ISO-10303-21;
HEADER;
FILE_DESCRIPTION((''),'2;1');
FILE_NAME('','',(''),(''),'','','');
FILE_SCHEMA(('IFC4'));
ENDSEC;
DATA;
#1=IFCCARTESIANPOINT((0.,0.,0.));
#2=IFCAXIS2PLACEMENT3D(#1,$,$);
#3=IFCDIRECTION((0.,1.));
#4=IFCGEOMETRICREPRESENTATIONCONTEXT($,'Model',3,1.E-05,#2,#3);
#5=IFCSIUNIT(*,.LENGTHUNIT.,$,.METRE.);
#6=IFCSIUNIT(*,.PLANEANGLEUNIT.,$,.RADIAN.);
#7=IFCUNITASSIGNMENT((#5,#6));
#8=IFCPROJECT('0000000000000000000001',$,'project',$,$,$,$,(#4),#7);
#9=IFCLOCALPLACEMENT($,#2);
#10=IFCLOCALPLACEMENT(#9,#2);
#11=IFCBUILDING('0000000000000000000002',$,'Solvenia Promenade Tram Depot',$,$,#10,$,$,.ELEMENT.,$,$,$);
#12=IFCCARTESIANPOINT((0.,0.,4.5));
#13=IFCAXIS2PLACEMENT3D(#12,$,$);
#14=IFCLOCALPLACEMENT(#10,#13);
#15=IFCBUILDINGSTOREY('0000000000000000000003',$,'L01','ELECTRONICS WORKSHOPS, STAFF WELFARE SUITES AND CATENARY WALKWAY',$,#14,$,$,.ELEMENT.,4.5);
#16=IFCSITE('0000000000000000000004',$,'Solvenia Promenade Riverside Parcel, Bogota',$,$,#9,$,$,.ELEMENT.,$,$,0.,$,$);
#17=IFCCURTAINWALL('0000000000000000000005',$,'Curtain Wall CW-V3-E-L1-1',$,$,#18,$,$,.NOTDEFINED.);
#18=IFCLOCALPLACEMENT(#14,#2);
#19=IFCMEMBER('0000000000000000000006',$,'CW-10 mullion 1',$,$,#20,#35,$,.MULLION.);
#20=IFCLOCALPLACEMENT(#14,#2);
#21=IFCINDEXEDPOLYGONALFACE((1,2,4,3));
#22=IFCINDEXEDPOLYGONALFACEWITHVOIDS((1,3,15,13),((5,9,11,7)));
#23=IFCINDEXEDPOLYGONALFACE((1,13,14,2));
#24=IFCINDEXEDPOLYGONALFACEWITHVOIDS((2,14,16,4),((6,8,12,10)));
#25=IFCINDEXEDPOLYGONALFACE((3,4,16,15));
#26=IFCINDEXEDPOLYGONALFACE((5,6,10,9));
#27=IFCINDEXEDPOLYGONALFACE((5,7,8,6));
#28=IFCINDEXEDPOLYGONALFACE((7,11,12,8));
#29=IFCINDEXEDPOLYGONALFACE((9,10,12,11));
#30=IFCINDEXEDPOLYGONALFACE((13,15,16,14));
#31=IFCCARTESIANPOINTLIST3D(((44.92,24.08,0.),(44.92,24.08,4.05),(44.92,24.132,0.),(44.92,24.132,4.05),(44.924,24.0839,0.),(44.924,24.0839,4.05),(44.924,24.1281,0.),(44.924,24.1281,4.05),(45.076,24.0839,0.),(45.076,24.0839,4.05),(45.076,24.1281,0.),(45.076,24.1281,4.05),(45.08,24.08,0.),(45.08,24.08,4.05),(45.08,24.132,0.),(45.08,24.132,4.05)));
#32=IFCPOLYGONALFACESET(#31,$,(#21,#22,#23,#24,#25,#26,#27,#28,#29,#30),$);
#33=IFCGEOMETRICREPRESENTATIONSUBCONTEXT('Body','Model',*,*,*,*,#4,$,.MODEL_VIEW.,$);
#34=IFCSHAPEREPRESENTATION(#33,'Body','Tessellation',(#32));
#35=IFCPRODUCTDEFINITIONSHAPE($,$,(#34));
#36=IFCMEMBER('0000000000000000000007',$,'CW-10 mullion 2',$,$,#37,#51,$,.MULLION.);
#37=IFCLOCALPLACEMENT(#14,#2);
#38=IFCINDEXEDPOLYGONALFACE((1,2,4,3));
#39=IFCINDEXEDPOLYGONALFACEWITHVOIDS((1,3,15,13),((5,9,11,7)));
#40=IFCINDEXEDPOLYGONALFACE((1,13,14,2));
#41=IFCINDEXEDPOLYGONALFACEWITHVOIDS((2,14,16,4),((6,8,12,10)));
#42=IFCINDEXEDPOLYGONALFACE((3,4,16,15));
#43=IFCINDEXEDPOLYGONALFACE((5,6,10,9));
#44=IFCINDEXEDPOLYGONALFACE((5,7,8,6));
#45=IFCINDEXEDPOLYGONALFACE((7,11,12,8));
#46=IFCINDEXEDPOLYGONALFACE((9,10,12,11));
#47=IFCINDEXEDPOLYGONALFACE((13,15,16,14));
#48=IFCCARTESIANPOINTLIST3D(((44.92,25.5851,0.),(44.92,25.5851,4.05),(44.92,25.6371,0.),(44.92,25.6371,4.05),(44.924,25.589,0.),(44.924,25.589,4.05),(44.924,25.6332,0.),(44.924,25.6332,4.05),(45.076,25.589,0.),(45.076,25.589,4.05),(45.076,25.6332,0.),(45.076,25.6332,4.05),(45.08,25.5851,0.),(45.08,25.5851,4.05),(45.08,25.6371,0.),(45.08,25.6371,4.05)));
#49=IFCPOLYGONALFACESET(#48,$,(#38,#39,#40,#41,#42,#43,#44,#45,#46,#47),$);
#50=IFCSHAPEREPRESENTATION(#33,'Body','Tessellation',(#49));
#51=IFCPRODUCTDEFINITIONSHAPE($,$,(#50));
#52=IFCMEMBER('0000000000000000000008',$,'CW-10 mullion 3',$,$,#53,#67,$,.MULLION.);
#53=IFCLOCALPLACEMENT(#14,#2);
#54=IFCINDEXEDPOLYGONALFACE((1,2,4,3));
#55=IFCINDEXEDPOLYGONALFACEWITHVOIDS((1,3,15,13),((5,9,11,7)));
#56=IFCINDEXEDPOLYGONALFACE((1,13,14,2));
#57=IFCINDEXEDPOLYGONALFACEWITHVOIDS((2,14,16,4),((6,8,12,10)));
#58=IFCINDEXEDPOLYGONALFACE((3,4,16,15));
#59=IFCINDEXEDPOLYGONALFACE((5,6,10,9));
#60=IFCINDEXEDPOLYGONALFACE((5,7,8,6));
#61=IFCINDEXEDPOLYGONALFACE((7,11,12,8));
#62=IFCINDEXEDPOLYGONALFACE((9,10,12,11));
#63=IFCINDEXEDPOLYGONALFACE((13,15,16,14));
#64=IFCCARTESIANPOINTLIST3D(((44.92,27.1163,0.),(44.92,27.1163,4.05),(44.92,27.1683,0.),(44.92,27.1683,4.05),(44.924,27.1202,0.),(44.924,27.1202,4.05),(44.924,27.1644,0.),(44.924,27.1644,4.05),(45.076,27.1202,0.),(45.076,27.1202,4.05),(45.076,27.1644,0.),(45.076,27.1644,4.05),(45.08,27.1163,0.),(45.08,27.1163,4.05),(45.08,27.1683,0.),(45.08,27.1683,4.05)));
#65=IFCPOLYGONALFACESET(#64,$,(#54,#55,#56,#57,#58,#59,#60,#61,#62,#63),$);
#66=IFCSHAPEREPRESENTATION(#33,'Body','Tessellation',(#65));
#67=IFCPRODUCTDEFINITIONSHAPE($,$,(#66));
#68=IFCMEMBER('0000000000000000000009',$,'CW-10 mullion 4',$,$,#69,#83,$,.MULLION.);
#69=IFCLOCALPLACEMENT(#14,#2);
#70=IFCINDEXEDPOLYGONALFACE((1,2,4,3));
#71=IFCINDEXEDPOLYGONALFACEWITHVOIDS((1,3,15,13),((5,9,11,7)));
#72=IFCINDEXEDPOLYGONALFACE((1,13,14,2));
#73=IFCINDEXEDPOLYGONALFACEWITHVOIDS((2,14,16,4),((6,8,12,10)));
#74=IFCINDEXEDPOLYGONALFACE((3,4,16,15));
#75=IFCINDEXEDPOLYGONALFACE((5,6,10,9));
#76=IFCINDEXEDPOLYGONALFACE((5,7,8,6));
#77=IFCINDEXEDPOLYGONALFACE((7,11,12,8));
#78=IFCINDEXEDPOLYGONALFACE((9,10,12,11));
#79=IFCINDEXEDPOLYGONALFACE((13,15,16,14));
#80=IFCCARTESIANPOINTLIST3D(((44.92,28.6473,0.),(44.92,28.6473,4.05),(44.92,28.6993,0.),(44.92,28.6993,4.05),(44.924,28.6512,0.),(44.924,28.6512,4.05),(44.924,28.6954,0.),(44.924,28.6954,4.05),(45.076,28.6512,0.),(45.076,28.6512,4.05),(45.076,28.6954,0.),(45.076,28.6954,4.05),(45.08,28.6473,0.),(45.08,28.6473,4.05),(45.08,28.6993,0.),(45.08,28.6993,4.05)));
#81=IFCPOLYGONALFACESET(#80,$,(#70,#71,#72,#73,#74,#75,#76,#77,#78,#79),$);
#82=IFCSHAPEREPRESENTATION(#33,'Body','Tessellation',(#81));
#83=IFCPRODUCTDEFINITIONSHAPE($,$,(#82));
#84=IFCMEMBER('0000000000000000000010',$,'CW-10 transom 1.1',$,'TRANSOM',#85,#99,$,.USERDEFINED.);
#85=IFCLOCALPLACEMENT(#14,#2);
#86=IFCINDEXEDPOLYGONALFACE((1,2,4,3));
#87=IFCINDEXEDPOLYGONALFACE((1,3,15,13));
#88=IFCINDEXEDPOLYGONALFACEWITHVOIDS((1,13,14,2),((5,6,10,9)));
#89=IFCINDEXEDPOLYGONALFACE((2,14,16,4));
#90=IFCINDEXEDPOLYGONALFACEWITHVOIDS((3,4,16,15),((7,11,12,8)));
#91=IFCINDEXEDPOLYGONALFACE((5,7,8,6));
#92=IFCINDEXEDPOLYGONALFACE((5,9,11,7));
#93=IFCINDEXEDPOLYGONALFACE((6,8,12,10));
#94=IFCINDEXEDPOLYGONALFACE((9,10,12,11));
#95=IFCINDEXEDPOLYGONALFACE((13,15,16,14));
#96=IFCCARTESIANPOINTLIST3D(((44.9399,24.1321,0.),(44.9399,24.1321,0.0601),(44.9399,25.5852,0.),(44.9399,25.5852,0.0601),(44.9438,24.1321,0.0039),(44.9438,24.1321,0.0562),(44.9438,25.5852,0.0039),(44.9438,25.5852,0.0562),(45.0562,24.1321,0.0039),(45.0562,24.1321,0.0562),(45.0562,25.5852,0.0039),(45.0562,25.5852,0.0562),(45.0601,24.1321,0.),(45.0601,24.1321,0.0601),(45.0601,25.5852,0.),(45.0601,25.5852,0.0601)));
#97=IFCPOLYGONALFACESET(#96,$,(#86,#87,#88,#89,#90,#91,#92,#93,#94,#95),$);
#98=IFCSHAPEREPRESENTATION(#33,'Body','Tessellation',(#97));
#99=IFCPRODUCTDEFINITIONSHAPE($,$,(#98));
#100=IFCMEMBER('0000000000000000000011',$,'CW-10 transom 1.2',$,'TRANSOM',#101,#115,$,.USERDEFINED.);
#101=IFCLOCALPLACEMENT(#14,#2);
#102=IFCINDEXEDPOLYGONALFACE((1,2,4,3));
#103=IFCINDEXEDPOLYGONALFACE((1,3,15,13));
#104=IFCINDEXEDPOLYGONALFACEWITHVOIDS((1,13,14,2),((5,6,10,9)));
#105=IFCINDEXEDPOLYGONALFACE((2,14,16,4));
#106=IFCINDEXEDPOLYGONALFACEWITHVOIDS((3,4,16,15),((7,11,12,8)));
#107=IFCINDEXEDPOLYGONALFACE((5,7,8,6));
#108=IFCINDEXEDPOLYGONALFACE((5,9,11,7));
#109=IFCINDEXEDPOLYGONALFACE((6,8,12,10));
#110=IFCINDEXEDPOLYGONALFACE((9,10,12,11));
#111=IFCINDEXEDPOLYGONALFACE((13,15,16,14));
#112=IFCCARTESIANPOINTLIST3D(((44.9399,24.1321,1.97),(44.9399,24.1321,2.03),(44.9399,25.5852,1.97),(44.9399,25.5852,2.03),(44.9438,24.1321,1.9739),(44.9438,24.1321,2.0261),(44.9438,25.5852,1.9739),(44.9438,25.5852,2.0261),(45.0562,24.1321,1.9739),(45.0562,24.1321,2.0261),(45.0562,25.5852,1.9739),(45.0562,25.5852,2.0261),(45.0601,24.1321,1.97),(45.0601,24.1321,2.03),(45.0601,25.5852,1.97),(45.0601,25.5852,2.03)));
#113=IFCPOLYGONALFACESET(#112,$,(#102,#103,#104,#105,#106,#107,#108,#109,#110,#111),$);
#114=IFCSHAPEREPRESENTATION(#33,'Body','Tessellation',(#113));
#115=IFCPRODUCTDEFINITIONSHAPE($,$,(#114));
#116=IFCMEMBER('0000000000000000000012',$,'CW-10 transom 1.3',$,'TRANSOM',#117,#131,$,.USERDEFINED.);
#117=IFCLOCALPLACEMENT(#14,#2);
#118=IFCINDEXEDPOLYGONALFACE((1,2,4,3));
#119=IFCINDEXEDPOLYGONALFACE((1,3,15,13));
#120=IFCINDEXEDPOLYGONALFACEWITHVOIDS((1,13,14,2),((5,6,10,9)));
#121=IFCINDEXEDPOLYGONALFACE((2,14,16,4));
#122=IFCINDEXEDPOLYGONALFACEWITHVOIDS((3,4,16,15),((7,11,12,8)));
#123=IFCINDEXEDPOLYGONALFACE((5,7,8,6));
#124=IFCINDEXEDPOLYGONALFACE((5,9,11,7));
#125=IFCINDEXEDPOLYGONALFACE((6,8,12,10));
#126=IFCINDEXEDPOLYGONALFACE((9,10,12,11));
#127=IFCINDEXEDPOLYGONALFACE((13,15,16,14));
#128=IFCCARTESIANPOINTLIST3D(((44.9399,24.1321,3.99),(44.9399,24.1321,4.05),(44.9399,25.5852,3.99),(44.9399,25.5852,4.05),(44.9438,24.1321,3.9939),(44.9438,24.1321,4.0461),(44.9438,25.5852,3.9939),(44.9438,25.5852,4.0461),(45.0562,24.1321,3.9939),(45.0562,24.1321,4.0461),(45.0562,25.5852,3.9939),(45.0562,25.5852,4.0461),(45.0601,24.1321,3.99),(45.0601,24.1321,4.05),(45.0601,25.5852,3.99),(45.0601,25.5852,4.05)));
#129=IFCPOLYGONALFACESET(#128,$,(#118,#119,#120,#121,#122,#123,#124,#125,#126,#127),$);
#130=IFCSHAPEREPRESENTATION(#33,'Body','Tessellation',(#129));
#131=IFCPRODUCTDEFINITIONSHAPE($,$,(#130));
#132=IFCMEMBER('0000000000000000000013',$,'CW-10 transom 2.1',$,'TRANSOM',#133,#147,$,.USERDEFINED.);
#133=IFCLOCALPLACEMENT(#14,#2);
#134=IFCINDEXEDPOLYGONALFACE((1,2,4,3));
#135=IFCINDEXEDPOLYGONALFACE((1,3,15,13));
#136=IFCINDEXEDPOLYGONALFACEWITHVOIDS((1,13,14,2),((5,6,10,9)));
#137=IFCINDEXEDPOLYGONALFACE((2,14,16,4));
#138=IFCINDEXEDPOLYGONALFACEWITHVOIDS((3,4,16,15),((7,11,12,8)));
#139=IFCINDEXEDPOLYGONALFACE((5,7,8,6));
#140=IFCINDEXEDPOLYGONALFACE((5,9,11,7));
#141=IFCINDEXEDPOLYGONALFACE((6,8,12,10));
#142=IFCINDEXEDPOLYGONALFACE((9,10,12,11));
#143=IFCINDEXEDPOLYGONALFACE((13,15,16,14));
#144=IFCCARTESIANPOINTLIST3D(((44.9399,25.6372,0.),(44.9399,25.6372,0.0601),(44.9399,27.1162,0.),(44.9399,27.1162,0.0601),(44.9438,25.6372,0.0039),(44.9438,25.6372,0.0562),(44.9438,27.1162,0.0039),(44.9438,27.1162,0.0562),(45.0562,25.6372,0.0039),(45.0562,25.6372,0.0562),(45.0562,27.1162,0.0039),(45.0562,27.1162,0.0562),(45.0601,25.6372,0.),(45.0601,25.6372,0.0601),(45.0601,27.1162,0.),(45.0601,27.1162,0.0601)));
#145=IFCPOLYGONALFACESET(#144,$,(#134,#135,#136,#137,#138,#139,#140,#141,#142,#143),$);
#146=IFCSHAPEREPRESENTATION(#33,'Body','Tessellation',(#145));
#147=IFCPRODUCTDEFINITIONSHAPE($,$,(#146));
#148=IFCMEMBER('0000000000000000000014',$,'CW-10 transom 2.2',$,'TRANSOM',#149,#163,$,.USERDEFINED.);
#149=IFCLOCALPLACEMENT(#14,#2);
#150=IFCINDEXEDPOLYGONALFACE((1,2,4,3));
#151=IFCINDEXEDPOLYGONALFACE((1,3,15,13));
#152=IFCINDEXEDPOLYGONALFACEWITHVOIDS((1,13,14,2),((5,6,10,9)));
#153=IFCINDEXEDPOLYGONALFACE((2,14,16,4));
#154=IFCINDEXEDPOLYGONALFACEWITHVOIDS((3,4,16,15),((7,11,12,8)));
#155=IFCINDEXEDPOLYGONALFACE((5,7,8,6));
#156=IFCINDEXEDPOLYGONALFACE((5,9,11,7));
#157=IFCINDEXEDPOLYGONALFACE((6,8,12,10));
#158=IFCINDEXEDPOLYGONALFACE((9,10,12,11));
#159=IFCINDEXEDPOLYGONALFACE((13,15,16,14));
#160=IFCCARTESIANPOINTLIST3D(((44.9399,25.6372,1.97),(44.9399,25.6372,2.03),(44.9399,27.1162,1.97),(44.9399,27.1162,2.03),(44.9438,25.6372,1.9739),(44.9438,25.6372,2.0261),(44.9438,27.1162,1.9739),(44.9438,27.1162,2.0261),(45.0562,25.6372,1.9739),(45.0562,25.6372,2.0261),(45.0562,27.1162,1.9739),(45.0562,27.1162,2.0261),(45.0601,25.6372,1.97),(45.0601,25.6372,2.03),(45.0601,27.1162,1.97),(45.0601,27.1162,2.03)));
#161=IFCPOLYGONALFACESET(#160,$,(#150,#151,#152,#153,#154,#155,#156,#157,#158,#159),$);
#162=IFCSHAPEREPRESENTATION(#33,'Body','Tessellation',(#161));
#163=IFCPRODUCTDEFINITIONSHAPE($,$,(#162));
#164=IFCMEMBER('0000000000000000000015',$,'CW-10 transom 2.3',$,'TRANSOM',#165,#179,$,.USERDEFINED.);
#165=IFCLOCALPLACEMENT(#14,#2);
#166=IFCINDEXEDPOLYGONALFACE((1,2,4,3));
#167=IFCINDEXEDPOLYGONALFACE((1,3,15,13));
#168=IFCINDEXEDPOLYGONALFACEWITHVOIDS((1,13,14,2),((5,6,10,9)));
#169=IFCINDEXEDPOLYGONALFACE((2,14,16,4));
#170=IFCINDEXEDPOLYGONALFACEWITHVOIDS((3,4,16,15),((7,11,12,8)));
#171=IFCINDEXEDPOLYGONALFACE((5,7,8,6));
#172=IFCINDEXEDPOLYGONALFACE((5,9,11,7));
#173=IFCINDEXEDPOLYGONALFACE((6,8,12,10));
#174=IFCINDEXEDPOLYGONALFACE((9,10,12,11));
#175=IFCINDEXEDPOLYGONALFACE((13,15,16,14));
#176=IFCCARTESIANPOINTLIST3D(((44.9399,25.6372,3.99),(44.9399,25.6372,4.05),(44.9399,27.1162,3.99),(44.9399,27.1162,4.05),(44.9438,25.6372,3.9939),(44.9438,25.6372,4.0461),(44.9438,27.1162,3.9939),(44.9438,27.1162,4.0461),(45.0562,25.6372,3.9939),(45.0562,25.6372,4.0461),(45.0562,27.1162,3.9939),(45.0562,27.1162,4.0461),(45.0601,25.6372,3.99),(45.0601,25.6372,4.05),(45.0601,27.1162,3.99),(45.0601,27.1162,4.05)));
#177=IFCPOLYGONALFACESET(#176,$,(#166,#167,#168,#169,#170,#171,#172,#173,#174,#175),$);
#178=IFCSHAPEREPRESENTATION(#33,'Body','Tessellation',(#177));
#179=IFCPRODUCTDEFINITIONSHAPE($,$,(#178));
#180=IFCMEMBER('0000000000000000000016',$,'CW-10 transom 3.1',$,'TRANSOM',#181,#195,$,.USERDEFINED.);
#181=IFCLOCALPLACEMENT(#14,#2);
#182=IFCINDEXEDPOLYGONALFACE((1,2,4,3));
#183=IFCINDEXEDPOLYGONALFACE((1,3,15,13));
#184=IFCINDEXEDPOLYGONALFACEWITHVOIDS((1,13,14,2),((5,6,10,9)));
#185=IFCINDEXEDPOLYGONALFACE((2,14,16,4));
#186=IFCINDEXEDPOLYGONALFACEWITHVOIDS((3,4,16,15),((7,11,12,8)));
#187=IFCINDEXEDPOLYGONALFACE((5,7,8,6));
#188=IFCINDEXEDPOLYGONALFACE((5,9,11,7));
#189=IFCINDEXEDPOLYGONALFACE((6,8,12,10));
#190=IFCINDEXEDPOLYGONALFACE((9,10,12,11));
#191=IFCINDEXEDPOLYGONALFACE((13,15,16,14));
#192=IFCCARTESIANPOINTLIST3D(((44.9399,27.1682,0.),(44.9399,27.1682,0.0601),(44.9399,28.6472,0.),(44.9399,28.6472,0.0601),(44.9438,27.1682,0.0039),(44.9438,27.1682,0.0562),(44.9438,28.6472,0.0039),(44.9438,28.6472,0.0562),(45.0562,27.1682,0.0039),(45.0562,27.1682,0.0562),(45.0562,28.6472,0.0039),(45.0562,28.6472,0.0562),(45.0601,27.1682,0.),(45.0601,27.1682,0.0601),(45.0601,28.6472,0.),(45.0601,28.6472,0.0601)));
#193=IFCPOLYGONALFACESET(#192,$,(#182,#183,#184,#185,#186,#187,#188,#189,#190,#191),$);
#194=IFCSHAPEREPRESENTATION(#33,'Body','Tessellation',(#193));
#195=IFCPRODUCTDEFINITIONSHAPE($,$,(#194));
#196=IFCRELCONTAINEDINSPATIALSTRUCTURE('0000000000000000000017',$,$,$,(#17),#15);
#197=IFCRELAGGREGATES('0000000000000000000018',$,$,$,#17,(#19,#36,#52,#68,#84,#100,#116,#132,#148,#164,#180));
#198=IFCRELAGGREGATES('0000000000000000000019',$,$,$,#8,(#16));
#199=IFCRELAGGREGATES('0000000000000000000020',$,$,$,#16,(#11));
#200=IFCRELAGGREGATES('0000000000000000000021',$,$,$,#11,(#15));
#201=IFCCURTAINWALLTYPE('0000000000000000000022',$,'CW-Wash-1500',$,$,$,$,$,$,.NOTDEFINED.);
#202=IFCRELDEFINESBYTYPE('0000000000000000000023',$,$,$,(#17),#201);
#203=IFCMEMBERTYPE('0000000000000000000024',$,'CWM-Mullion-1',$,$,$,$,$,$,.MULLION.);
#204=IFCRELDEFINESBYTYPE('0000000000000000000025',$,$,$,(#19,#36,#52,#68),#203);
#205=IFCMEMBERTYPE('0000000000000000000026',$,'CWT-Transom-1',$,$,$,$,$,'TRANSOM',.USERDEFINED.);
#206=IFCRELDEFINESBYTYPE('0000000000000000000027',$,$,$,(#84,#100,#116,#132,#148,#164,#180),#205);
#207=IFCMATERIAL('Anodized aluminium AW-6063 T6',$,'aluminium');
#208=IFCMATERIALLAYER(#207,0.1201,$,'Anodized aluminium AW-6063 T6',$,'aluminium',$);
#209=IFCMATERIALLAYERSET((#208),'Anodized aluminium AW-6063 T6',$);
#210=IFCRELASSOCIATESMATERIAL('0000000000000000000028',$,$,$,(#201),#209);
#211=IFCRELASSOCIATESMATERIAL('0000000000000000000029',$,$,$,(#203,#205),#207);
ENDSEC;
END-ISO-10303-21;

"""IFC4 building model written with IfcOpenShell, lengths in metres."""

from ifc_helpers import new_model, si_unit, direction, frame, origin, origin_2d, place, context, subcontext, project, spatial, hollow_rectangle, extrude, material, layer, layer_set, material_profile, profile_set, type_object, element, aggregate, save


model = new_model("IFC4")

# Units and contexts
model_context = context("Model", 3, precision=1e-05, world=origin(), true_north=direction((0.0, 1.0)))
body_context = subcontext(model_context, "Body", "Model", "MODEL_VIEW")
ifc_project = project(units=[si_unit("LENGTHUNIT", "METRE"), si_unit("PLANEANGLEUNIT", "RADIAN")], contexts=[model_context])

# Site, building, storey
site_placement = place(None, origin())
site = spatial("IfcSite", under=ifc_project, at=site_placement, Name="Solvenia Promenade Riverside Parcel, Bogota", CompositionType="ELEMENT", RefElevation=0.0)
building_placement = place(site_placement, origin())
building = spatial("IfcBuilding", under=site, at=building_placement, Name="Solvenia Promenade Tram Depot", CompositionType="ELEMENT")
storey_placement = place(building_placement, frame((0.0, 0.0, 4.5)))
storey = spatial("IfcBuildingStorey", under=building, at=storey_placement, Name="L01", Description="ELECTRONICS WORKSHOPS, STAFF WELFARE SUITES AND CATENARY WALKWAY", CompositionType="ELEMENT", Elevation=4.5)

# Curtain wall, members
ifc_material_1 = material(Name="Anodized aluminium AW-6063 T6", Category="aluminium")
ifc_layer_1 = layer(ifc_material_1, 0.1201, Name="Anodized aluminium AW-6063 T6", Category="aluminium")
ifc_layer_set_1 = layer_set([ifc_layer_1], Name="Anodized aluminium AW-6063 T6")
curtain_wall_type = type_object("IfcCurtainWallType", Name="CW-Wash-1500", PredefinedType="NOTDEFINED", material=ifc_layer_set_1)
curtain_wall_placement = place(storey_placement, origin())
curtain_wall = element("IfcCurtainWall", 1, at=curtain_wall_placement, inside=storey, type_object=curtain_wall_type, Name="Curtain Wall CW-V3-E-L1-1", PredefinedType="NOTDEFINED")
ifc_material_profile_1 = material_profile(ifc_material_1, hollow_rectangle(XDim=0.1599, YDim=0.052, WallThickness=0.0039, at=origin_2d()), Name="ALU-M1", Category="aluminium")
ifc_profile_set_1 = profile_set([ifc_material_profile_1], Name="Anodized aluminium AW-6063 T6")
member_type_1 = type_object("IfcMemberType", Name="CWM-Mullion-1", PredefinedType="MULLION", material=ifc_profile_set_1)
member_1_placement = place(storey_placement, frame((45.0, 24.106, 0.0), z_axis=(0.0, 0.0, 1.0), x_axis=(-1.0, 0.0, 0.0)))
member_1 = element("IfcMember", 2, at=member_1_placement, type_object=member_type_1, Name="CW-10 mullion 1", PredefinedType="MULLION", context=body_context, shape_type="SweptSolid", body=[
    extrude(hollow_rectangle(XDim=0.1599, YDim=0.052, WallThickness=0.0039, at=origin_2d()), origin(), (0.0, 0.0, 1.0), 4.05),
])
member_2_placement = place(storey_placement, frame((45.0, 25.6111, 0.0), z_axis=(0.0, 0.0, 1.0), x_axis=(-1.0, 0.0, 0.0)))
member_2 = element("IfcMember", 3, at=member_2_placement, type_object=member_type_1, Name="CW-10 mullion 2", PredefinedType="MULLION", context=body_context, shape_type="SweptSolid", body=[
    extrude(hollow_rectangle(XDim=0.1599, YDim=0.052, WallThickness=0.0039, at=origin_2d()), origin(), (0.0, 0.0, 1.0), 4.05),
])
member_3_placement = place(storey_placement, frame((45.0, 27.1423, 0.0), z_axis=(0.0, 0.0, 1.0), x_axis=(-1.0, 0.0, 0.0)))
member_3 = element("IfcMember", 4, at=member_3_placement, type_object=member_type_1, Name="CW-10 mullion 3", PredefinedType="MULLION", context=body_context, shape_type="SweptSolid", body=[
    extrude(hollow_rectangle(XDim=0.1599, YDim=0.052, WallThickness=0.0039, at=origin_2d()), origin(), (0.0, 0.0, 1.0), 4.05),
])
member_4_placement = place(storey_placement, frame((45.0, 28.6733, 0.0), z_axis=(0.0, 0.0, 1.0), x_axis=(-1.0, 0.0, 0.0)))
member_4 = element("IfcMember", 5, at=member_4_placement, type_object=member_type_1, Name="CW-10 mullion 4", PredefinedType="MULLION", context=body_context, shape_type="SweptSolid", body=[
    extrude(hollow_rectangle(XDim=0.1599, YDim=0.052, WallThickness=0.0039, at=origin_2d()), origin(), (0.0, 0.0, 1.0), 4.05),
])
ifc_material_profile_2 = material_profile(ifc_material_1, hollow_rectangle(XDim=0.1201, YDim=0.0601, WallThickness=0.0039, at=origin_2d()), Name="ALU-T1", Category="aluminium")
ifc_profile_set_2 = profile_set([ifc_material_profile_2], Name="Anodized aluminium AW-6063 T6")
member_type_2 = type_object("IfcMemberType", Name="CWT-Transom-1", ElementType="TRANSOM", PredefinedType="USERDEFINED", material=ifc_profile_set_2)
member_5_placement = place(storey_placement, frame((45.0, 24.1321, 0.03), z_axis=(0.0, 1.0, 0.0), x_axis=(-1.0, 0.0, 0.0)))
member_5 = element("IfcMember", 6, at=member_5_placement, type_object=member_type_2, Name="CW-10 transom 1.1", ObjectType="TRANSOM", PredefinedType="USERDEFINED", context=body_context, shape_type="SweptSolid", body=[
    extrude(hollow_rectangle(XDim=0.1201, YDim=0.0601, WallThickness=0.0039, at=origin_2d()), origin(), (0.0, 0.0, 1.0), 1.4531),
])
member_6_placement = place(storey_placement, frame((45.0, 24.1321, 2.0), z_axis=(0.0, 1.0, 0.0), x_axis=(-1.0, 0.0, 0.0)))
member_6 = element("IfcMember", 7, at=member_6_placement, type_object=member_type_2, Name="CW-10 transom 1.2", ObjectType="TRANSOM", PredefinedType="USERDEFINED", context=body_context, shape_type="SweptSolid", body=[
    extrude(hollow_rectangle(XDim=0.1201, YDim=0.0601, WallThickness=0.0039, at=origin_2d()), origin(), (0.0, 0.0, 1.0), 1.4531),
])
member_7_placement = place(storey_placement, frame((45.0, 24.1321, 4.02), z_axis=(0.0, 1.0, 0.0), x_axis=(-1.0, 0.0, 0.0)))
member_7 = element("IfcMember", 8, at=member_7_placement, type_object=member_type_2, Name="CW-10 transom 1.3", ObjectType="TRANSOM", PredefinedType="USERDEFINED", context=body_context, shape_type="SweptSolid", body=[
    extrude(hollow_rectangle(XDim=0.1201, YDim=0.0601, WallThickness=0.0039, at=origin_2d()), origin(), (0.0, 0.0, 1.0), 1.4531),
])
member_8_placement = place(storey_placement, frame((45.0, 25.6372, 0.03), z_axis=(0.0, 1.0, 0.0), x_axis=(-1.0, 0.0, 0.0)))
member_8 = element("IfcMember", 9, at=member_8_placement, type_object=member_type_2, Name="CW-10 transom 2.1", ObjectType="TRANSOM", PredefinedType="USERDEFINED", context=body_context, shape_type="SweptSolid", body=[
    extrude(hollow_rectangle(XDim=0.1201, YDim=0.0601, WallThickness=0.0039, at=origin_2d()), origin(), (0.0, 0.0, 1.0), 1.479),
])
member_9_placement = place(storey_placement, frame((45.0, 25.6372, 2.0), z_axis=(0.0, 1.0, 0.0), x_axis=(-1.0, 0.0, 0.0)))
member_9 = element("IfcMember", 10, at=member_9_placement, type_object=member_type_2, Name="CW-10 transom 2.2", ObjectType="TRANSOM", PredefinedType="USERDEFINED", context=body_context, shape_type="SweptSolid", body=[
    extrude(hollow_rectangle(XDim=0.1201, YDim=0.0601, WallThickness=0.0039, at=origin_2d()), origin(), (0.0, 0.0, 1.0), 1.479),
])
member_10_placement = place(storey_placement, frame((45.0, 25.6372, 4.02), z_axis=(0.0, 1.0, 0.0), x_axis=(-1.0, 0.0, 0.0)))
member_10 = element("IfcMember", 11, at=member_10_placement, type_object=member_type_2, Name="CW-10 transom 2.3", ObjectType="TRANSOM", PredefinedType="USERDEFINED", context=body_context, shape_type="SweptSolid", body=[
    extrude(hollow_rectangle(XDim=0.1201, YDim=0.0601, WallThickness=0.0039, at=origin_2d()), origin(), (0.0, 0.0, 1.0), 1.479),
])
member_11_placement = place(storey_placement, frame((45.0, 27.1682, 0.03), z_axis=(0.0, 1.0, 0.0), x_axis=(-1.0, 0.0, 0.0)))
member_11 = element("IfcMember", 12, at=member_11_placement, type_object=member_type_2, Name="CW-10 transom 3.1", ObjectType="TRANSOM", PredefinedType="USERDEFINED", context=body_context, shape_type="SweptSolid", body=[
    extrude(hollow_rectangle(XDim=0.1201, YDim=0.0601, WallThickness=0.0039, at=origin_2d()), origin(), (0.0, 0.0, 1.0), 1.479),
])

aggregate(curtain_wall, [member_1, member_2, member_3, member_4, member_5, member_6, member_7, member_8, member_9, member_10, member_11])

save(model, "model.ifc")
